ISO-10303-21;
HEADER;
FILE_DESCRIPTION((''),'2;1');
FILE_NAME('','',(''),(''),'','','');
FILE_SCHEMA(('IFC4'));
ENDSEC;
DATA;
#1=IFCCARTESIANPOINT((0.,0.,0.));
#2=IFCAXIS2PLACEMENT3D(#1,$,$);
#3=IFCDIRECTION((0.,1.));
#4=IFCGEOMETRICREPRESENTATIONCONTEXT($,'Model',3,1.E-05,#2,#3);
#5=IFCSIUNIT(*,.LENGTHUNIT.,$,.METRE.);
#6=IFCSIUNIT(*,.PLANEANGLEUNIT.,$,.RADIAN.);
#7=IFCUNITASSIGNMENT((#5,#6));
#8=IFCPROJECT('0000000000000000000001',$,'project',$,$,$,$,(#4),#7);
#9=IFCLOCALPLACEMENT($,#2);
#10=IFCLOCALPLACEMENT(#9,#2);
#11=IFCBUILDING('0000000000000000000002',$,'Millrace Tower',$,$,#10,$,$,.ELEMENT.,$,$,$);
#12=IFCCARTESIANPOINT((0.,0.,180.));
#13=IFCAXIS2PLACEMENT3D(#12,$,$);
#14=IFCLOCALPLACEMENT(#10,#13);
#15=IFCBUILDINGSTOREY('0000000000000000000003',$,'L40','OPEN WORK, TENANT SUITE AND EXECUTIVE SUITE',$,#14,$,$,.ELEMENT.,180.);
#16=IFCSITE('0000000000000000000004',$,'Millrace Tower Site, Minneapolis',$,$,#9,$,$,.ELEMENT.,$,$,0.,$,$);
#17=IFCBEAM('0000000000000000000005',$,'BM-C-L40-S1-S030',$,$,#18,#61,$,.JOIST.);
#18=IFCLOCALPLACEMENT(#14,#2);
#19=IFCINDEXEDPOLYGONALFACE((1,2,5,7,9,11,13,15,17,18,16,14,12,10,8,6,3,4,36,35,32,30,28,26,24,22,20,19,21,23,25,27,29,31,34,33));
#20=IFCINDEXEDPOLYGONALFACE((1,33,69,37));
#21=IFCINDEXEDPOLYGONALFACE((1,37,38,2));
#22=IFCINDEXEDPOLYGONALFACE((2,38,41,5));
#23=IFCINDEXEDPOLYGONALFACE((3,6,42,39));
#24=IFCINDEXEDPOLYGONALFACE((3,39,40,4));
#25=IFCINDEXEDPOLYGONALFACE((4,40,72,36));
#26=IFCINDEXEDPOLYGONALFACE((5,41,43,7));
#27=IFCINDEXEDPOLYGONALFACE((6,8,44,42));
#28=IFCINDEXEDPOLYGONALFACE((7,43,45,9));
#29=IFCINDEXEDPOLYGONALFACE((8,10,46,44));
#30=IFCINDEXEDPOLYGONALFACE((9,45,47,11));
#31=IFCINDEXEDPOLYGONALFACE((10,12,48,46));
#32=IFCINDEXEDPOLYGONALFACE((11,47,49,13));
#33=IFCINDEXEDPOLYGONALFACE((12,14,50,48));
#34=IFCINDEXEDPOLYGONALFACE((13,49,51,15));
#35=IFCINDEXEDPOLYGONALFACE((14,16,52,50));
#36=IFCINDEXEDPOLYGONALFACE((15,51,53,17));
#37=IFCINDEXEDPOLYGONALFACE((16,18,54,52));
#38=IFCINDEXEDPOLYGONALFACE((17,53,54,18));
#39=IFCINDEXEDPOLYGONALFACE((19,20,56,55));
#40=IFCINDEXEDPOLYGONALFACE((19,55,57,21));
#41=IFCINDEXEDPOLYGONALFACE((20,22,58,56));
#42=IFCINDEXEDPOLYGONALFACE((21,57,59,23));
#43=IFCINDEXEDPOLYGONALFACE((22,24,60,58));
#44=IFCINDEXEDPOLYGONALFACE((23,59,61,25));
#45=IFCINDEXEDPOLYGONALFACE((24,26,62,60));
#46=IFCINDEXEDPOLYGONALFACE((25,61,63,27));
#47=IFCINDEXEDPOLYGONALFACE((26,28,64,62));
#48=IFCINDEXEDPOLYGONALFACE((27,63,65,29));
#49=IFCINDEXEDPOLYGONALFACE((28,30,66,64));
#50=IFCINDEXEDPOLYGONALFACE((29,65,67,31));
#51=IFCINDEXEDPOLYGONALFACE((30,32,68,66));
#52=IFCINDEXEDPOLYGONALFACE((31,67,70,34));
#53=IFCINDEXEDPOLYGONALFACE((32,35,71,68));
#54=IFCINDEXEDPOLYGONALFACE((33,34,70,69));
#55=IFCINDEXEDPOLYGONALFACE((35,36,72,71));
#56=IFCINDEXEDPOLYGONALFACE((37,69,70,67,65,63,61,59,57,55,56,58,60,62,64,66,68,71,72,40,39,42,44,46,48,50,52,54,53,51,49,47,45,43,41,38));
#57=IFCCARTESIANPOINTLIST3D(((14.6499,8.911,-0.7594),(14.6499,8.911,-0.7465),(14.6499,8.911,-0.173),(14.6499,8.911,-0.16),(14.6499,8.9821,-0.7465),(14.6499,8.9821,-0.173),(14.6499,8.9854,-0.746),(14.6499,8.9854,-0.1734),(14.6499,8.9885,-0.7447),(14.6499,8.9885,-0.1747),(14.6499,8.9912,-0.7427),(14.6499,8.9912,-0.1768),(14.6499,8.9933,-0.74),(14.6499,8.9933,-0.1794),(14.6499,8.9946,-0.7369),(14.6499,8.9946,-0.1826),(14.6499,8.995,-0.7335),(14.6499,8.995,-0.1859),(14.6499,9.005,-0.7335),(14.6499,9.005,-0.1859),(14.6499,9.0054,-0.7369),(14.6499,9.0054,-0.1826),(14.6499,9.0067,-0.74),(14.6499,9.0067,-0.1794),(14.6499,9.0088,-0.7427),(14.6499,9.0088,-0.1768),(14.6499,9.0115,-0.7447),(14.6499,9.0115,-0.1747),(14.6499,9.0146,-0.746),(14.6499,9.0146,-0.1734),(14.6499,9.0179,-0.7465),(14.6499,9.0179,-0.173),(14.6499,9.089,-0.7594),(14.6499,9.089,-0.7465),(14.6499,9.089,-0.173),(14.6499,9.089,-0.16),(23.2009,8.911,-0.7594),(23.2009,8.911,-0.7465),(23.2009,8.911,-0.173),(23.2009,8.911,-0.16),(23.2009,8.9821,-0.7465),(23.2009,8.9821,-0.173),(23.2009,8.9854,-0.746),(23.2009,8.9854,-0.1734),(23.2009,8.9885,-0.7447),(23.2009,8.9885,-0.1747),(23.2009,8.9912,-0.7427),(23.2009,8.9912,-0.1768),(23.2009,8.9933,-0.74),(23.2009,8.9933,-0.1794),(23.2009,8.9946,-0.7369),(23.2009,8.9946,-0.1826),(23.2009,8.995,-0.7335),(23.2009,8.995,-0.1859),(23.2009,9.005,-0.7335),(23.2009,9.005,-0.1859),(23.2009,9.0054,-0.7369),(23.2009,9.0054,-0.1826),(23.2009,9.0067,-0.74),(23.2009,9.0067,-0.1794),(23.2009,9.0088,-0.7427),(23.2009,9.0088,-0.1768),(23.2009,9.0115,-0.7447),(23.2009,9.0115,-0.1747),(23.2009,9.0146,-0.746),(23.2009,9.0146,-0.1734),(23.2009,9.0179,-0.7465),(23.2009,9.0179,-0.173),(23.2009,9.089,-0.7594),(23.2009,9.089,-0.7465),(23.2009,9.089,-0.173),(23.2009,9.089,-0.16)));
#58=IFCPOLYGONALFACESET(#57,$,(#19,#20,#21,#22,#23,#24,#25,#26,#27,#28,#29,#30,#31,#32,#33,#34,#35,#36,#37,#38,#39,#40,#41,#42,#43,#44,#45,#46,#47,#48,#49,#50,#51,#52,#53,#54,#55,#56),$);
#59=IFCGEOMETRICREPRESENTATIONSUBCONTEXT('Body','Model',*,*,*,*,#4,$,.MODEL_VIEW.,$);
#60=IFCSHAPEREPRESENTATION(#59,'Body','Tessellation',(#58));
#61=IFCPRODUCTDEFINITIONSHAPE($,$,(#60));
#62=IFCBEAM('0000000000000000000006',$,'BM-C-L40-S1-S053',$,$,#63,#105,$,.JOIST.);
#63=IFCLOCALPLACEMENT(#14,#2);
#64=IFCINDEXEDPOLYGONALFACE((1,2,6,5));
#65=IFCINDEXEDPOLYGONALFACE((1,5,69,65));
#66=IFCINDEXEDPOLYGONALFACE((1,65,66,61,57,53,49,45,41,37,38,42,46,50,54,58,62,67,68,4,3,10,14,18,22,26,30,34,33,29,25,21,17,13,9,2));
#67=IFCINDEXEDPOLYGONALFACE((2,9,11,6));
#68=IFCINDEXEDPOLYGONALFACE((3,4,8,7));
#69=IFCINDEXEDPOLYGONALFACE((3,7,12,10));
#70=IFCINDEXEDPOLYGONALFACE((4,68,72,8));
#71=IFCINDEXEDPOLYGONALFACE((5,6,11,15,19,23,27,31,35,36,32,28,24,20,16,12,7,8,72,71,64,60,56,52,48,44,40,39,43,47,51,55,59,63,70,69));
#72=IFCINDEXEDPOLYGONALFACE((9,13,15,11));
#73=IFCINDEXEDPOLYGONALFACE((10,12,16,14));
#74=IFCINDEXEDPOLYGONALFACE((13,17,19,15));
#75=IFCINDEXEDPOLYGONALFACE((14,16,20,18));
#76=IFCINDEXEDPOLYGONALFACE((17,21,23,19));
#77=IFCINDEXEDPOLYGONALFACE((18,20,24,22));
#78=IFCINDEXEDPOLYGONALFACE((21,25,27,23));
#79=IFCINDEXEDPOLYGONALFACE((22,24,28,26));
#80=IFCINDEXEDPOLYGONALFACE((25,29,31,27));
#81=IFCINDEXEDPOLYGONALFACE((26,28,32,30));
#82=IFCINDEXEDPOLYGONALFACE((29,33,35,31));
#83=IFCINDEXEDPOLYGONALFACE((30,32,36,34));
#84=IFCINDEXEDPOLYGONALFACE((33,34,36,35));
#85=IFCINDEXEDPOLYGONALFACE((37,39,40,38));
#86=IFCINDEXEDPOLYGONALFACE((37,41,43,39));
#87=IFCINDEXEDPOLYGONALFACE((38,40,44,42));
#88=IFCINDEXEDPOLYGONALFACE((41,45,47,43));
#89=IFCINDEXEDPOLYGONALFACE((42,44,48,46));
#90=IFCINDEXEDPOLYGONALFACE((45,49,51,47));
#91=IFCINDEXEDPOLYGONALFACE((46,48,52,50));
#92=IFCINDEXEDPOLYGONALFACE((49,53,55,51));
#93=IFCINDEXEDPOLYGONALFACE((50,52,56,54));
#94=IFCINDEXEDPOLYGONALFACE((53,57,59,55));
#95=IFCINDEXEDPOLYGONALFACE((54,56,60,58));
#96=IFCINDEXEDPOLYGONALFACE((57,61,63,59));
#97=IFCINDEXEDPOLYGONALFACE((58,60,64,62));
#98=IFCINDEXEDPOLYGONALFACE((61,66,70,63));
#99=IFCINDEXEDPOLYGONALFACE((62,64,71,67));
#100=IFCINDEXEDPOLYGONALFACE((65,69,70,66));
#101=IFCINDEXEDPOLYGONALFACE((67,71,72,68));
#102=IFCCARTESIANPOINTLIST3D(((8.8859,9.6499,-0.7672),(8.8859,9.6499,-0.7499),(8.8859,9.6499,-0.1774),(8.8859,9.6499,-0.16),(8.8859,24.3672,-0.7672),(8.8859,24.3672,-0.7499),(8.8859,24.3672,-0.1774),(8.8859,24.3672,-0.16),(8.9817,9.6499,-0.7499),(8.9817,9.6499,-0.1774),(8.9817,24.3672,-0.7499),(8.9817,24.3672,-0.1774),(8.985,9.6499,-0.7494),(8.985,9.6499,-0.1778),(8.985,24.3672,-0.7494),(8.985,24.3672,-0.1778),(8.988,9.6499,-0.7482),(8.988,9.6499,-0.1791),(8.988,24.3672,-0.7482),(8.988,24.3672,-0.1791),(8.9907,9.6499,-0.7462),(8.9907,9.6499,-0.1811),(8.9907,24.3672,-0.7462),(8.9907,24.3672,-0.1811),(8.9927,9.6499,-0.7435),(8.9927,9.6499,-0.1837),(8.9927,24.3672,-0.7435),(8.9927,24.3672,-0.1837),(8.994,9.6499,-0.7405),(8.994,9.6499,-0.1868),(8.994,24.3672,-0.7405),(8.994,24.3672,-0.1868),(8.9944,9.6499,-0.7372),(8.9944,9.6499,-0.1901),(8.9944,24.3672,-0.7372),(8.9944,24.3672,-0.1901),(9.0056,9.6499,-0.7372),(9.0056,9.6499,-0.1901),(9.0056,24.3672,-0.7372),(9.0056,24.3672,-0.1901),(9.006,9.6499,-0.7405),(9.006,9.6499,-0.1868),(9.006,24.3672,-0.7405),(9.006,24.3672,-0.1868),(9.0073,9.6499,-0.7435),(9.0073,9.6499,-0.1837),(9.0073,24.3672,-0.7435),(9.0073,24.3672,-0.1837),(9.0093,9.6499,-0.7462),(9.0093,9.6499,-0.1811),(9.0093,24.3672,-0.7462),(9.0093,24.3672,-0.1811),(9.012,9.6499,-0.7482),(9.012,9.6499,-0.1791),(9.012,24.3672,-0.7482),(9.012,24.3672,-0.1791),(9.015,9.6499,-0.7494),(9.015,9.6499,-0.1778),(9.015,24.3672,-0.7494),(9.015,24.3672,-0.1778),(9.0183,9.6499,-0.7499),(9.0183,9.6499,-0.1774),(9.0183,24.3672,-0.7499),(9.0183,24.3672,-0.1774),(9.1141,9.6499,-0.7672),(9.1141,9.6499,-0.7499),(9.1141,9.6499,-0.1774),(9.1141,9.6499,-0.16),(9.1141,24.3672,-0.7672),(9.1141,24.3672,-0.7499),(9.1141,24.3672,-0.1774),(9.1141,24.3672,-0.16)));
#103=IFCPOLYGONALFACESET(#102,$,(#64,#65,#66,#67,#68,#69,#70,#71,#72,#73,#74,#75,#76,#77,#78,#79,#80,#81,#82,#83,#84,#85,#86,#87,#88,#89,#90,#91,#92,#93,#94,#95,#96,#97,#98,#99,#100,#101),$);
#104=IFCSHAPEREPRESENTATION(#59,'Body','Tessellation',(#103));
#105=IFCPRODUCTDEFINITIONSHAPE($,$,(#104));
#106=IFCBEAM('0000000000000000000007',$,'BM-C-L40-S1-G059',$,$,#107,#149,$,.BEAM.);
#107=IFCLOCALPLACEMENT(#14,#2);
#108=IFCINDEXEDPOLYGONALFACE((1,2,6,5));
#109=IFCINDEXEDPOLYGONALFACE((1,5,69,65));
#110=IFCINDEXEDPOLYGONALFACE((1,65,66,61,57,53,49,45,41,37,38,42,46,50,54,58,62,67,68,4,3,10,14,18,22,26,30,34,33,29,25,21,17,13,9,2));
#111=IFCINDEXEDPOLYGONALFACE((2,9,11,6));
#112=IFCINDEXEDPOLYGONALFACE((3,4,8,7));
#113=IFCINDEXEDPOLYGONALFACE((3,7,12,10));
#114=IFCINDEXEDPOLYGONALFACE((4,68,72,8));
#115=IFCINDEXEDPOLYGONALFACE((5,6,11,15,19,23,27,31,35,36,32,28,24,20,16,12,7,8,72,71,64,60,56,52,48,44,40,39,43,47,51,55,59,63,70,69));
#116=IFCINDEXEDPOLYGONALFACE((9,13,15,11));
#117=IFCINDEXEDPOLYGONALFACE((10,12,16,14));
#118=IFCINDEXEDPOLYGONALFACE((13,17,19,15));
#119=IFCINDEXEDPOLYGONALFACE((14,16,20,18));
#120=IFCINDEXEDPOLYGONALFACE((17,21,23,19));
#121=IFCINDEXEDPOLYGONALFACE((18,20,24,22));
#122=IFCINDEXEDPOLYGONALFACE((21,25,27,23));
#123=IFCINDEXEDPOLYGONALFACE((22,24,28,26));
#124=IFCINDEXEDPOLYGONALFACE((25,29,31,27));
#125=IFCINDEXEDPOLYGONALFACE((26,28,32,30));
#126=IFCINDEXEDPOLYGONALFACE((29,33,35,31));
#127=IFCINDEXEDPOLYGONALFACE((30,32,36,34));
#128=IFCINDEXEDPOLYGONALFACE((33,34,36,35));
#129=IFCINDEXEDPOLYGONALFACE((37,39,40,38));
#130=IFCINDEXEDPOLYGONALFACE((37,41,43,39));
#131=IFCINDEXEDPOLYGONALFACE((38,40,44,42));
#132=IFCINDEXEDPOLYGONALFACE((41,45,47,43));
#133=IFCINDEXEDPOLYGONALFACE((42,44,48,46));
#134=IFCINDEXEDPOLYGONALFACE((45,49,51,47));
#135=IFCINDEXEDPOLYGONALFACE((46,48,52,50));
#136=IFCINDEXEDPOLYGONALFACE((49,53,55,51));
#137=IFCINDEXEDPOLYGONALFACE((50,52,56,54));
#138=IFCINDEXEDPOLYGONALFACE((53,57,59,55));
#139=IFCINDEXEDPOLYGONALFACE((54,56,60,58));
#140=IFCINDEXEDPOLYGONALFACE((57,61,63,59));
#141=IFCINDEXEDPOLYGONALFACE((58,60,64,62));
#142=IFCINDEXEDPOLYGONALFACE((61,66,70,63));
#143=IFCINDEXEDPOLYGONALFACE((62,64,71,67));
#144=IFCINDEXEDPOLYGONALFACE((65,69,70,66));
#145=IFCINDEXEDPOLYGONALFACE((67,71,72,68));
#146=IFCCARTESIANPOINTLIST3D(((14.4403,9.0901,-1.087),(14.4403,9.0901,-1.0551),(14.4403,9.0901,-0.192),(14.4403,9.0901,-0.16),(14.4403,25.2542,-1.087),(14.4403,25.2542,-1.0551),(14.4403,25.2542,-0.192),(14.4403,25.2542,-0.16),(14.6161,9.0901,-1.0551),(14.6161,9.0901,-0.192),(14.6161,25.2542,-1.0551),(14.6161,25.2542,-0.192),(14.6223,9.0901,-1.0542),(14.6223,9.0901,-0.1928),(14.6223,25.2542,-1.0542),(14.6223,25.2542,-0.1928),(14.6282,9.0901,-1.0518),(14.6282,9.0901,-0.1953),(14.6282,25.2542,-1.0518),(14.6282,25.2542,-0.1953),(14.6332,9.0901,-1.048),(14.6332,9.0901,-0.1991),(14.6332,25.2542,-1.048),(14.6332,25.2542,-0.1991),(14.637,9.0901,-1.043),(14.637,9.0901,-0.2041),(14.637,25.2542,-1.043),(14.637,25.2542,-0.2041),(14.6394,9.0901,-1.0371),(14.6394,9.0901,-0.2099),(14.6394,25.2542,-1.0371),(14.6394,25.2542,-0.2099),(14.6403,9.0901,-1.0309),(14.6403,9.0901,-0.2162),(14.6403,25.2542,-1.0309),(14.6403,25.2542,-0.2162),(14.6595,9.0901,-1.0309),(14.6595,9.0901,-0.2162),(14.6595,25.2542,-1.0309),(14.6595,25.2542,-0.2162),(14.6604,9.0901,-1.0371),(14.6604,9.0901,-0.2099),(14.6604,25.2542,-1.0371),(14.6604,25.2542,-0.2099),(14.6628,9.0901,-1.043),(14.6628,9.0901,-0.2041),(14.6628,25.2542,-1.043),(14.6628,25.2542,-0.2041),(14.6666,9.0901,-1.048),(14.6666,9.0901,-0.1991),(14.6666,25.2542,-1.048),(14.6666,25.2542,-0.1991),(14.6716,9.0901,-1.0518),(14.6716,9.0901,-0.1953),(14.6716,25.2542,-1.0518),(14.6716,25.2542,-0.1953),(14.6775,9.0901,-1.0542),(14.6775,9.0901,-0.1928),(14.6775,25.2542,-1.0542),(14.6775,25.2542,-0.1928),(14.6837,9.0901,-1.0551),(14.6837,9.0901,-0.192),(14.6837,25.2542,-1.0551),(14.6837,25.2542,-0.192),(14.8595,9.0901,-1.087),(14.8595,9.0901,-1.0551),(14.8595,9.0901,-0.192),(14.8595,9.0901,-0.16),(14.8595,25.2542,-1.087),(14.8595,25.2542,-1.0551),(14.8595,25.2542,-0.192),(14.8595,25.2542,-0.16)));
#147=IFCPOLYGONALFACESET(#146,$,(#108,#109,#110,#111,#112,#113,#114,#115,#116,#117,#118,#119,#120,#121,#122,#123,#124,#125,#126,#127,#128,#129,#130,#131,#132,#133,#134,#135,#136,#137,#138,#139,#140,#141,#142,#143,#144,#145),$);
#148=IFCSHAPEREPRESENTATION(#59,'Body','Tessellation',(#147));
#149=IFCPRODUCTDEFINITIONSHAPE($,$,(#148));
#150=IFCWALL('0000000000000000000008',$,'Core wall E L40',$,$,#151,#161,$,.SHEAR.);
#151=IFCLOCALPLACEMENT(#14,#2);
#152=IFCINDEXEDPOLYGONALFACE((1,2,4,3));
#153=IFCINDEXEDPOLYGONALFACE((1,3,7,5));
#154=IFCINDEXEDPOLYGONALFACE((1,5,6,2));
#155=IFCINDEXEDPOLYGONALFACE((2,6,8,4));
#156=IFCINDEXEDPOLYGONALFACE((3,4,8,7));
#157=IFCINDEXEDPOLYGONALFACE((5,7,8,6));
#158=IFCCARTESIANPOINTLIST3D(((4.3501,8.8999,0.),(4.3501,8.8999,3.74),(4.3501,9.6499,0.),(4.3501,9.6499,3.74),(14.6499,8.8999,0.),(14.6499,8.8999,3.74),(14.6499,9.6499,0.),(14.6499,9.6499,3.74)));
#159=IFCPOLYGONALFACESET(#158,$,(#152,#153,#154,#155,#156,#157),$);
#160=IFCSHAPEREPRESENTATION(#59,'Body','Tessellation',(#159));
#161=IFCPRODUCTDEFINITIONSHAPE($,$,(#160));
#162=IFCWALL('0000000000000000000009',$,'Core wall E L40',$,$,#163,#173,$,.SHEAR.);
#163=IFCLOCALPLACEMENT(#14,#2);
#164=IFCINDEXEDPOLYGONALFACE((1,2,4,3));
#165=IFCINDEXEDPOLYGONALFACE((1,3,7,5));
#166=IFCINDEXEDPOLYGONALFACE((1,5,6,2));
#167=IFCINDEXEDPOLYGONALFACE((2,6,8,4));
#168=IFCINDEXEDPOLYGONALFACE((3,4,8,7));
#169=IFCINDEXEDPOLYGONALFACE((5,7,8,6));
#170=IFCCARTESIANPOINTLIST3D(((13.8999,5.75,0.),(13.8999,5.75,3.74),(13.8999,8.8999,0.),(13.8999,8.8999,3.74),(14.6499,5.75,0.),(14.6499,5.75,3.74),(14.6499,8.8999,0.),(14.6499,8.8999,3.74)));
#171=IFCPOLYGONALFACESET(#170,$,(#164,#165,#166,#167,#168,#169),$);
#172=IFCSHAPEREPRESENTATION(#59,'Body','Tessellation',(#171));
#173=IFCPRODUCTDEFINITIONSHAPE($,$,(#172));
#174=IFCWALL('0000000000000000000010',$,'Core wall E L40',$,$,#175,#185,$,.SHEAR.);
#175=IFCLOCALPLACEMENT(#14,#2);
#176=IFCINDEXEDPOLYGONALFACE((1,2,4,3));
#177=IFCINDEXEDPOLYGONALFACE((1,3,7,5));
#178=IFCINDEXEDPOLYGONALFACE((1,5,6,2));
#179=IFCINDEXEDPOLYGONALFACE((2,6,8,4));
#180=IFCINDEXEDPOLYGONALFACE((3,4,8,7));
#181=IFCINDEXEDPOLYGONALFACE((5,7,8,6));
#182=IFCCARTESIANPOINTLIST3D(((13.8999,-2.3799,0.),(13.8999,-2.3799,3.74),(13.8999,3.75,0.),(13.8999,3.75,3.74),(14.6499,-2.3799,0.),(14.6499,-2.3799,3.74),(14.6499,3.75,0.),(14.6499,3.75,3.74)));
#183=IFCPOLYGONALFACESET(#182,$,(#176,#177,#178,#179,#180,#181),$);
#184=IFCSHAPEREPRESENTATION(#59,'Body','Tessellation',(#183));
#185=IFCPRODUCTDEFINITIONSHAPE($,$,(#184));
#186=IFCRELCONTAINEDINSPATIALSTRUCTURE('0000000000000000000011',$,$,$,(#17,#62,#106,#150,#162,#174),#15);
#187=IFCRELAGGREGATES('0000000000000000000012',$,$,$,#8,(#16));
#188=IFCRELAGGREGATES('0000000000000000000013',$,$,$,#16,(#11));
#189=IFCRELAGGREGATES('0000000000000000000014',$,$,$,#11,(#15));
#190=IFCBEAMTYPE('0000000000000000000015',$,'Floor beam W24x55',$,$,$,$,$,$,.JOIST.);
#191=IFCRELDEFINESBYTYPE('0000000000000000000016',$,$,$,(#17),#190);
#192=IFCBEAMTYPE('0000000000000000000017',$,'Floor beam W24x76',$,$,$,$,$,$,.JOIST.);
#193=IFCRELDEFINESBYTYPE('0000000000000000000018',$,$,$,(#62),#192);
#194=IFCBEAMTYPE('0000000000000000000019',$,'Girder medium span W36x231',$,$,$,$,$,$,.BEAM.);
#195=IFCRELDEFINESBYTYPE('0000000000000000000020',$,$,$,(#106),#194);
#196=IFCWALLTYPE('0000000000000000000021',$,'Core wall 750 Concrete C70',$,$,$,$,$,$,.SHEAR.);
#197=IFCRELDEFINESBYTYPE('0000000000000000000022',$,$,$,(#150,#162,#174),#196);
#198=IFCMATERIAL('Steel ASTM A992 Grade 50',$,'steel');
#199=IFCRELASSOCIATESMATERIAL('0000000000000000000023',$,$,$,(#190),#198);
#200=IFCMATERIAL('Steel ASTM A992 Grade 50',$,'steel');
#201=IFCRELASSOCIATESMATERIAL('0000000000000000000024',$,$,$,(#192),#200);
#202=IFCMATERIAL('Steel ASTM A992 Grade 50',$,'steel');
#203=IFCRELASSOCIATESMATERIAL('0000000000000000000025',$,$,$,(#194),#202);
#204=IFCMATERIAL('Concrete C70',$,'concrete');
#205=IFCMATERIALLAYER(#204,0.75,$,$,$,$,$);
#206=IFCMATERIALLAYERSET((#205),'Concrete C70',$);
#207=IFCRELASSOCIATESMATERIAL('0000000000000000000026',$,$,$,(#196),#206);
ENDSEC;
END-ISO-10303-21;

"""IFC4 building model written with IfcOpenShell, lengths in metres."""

from ifc_helpers import new_model, si_unit, direction, frame, frame_2d, origin, origin_2d, place, context, subcontext, project, spatial, rectangle, i_section, extrude, material, layer, layer_set, material_profile, profile_set, type_object, element, save


model = new_model("IFC4")

# Units and contexts
model_context = context("Model", 3, precision=1e-05, world=origin(), true_north=direction((0.0, 1.0)))
body_context = subcontext(model_context, "Body", "Model", "MODEL_VIEW")
ifc_project = project(units=[si_unit("LENGTHUNIT", "METRE"), si_unit("PLANEANGLEUNIT", "RADIAN")], contexts=[model_context])

# Site, building, storey
site_placement = place(None, origin())
site = spatial("IfcSite", under=ifc_project, at=site_placement, Name="Millrace Tower Site, Minneapolis", CompositionType="ELEMENT", RefElevation=0.0)
building_placement = place(site_placement, origin())
building = spatial("IfcBuilding", under=site, at=building_placement, Name="Millrace Tower", CompositionType="ELEMENT")
storey_placement = place(building_placement, frame((0.0, 0.0, 180.0)))
storey = spatial("IfcBuildingStorey", under=building, at=storey_placement, Name="L40", Description="OPEN WORK, TENANT SUITE AND EXECUTIVE SUITE", CompositionType="ELEMENT", Elevation=180.0)

# Beams
ifc_material_1 = material(Name="Steel ASTM A992 Grade 50", Category="steel")
ifc_material_profile_1 = material_profile(ifc_material_1, i_section(OverallWidth=0.178, OverallDepth=0.5994, WebThickness=0.01, FlangeThickness=0.0129, FilletRadius=0.0129, at=origin_2d()))
ifc_profile_set_1 = profile_set([ifc_material_profile_1], Name="Steel ASTM A992 Grade 50")
beam_type_1 = type_object("IfcBeamType", Name="Floor beam W24x55", PredefinedType="JOIST", material=ifc_profile_set_1)
beam_1_placement = place(storey_placement, frame((14.6499, 9.0, -0.4597), z_axis=(1.0, 0.0, 0.0), x_axis=(0.0, 1.0, 0.0)))
element("IfcBeam", 1, at=beam_1_placement, inside=storey, type_object=beam_type_1, Name="BM-C-L40-S1-S030", PredefinedType="JOIST", context=body_context, shape_type="SweptSolid", body=[
    extrude(i_section(OverallWidth=0.178, OverallDepth=0.5994, WebThickness=0.01, FlangeThickness=0.0129, FilletRadius=0.0129, at=origin_2d()), origin(), (0.0, 0.0, 1.0), 8.551),
])
ifc_material_2 = material(Name="Steel ASTM A992 Grade 50", Category="steel")
ifc_material_profile_2 = material_profile(ifc_material_2, i_section(OverallWidth=0.2283, OverallDepth=0.6072, WebThickness=0.0112, FlangeThickness=0.0173, FilletRadius=0.0127, at=origin_2d()))
ifc_profile_set_2 = profile_set([ifc_material_profile_2], Name="Steel ASTM A992 Grade 50")
beam_type_2 = type_object("IfcBeamType", Name="Floor beam W24x76", PredefinedType="JOIST", material=ifc_profile_set_2)
beam_2_placement = place(storey_placement, frame((9.0, 9.6499, -0.4636), z_axis=(0.0, 1.0, 0.0), x_axis=(-1.0, 0.0, 0.0)))
element("IfcBeam", 2, at=beam_2_placement, inside=storey, type_object=beam_type_2, Name="BM-C-L40-S1-S053", PredefinedType="JOIST", context=body_context, shape_type="SweptSolid", body=[
    extrude(i_section(OverallWidth=0.2283, OverallDepth=0.6072, WebThickness=0.0112, FlangeThickness=0.0173, FilletRadius=0.0127, at=origin_2d()), origin(), (0.0, 0.0, 1.0), 14.7173),
])
ifc_material_3 = material(Name="Steel ASTM A992 Grade 50", Category="steel")
ifc_material_profile_3 = material_profile(ifc_material_3, i_section(OverallWidth=0.4192, OverallDepth=0.927, WebThickness=0.0193, FlangeThickness=0.032, FilletRadius=0.0242, at=origin_2d()))
ifc_profile_set_3 = profile_set([ifc_material_profile_3], Name="Steel ASTM A992 Grade 50")
beam_type_3 = type_object("IfcBeamType", Name="Girder medium span W36x231", PredefinedType="BEAM", material=ifc_profile_set_3)
beam_3_placement = place(storey_placement, frame((14.6499, 9.0901, -0.6235), z_axis=(0.0, 1.0, 0.0), x_axis=(-1.0, 0.0, 0.0)))
element("IfcBeam", 3, at=beam_3_placement, inside=storey, type_object=beam_type_3, Name="BM-C-L40-S1-G059", PredefinedType="BEAM", context=body_context, shape_type="SweptSolid", body=[
    extrude(i_section(OverallWidth=0.4192, OverallDepth=0.927, WebThickness=0.0193, FlangeThickness=0.032, FilletRadius=0.0242, at=origin_2d()), origin(), (0.0, 0.0, 1.0), 16.1641),
])

# Walls
ifc_material_4 = material(Name="Concrete C70", Category="concrete")
ifc_layer_1 = layer(ifc_material_4, 0.75)
ifc_layer_set_1 = layer_set([ifc_layer_1], Name="Concrete C70")
wall_type_1 = type_object("IfcWallType", Name="Core wall 750 Concrete C70", PredefinedType="SHEAR", material=ifc_layer_set_1)
wall_1_placement = place(storey_placement, frame((14.6499, 9.2749, 0.0), z_axis=(0.0, 0.0, 1.0), x_axis=(-1.0, 0.0, 0.0)))
element("IfcWall", 4, at=wall_1_placement, inside=storey, type_object=wall_type_1, Name="Core wall E L40", PredefinedType="SHEAR", context=body_context, shape_type="SweptSolid", body=[
    extrude(rectangle(XDim=10.2998, YDim=0.75, at=frame_2d((5.1499, 0.0))), origin(), (0.0, 0.0, 1.0), 3.74),
])
wall_2_placement = place(storey_placement, frame((14.2749, 8.8999, 0.0), z_axis=(0.0, 0.0, 1.0), x_axis=(0.0, -1.0, 0.0)))
element("IfcWall", 5, at=wall_2_placement, inside=storey, type_object=wall_type_1, Name="Core wall E L40", PredefinedType="SHEAR", context=body_context, shape_type="SweptSolid", body=[
    extrude(rectangle(XDim=3.1499, YDim=0.75, at=frame_2d((1.575, 0.0))), origin(), (0.0, 0.0, 1.0), 3.74),
])
wall_3_placement = place(storey_placement, frame((14.2749, 3.75, 0.0), z_axis=(0.0, 0.0, 1.0), x_axis=(0.0, -1.0, 0.0)))
element("IfcWall", 6, at=wall_3_placement, inside=storey, type_object=wall_type_1, Name="Core wall E L40", PredefinedType="SHEAR", context=body_context, shape_type="SweptSolid", body=[
    extrude(rectangle(XDim=6.1299, YDim=0.75, at=frame_2d((3.0649, 0.0))), origin(), (0.0, 0.0, 1.0), 3.74),
])

save(model, "model.ifc")
